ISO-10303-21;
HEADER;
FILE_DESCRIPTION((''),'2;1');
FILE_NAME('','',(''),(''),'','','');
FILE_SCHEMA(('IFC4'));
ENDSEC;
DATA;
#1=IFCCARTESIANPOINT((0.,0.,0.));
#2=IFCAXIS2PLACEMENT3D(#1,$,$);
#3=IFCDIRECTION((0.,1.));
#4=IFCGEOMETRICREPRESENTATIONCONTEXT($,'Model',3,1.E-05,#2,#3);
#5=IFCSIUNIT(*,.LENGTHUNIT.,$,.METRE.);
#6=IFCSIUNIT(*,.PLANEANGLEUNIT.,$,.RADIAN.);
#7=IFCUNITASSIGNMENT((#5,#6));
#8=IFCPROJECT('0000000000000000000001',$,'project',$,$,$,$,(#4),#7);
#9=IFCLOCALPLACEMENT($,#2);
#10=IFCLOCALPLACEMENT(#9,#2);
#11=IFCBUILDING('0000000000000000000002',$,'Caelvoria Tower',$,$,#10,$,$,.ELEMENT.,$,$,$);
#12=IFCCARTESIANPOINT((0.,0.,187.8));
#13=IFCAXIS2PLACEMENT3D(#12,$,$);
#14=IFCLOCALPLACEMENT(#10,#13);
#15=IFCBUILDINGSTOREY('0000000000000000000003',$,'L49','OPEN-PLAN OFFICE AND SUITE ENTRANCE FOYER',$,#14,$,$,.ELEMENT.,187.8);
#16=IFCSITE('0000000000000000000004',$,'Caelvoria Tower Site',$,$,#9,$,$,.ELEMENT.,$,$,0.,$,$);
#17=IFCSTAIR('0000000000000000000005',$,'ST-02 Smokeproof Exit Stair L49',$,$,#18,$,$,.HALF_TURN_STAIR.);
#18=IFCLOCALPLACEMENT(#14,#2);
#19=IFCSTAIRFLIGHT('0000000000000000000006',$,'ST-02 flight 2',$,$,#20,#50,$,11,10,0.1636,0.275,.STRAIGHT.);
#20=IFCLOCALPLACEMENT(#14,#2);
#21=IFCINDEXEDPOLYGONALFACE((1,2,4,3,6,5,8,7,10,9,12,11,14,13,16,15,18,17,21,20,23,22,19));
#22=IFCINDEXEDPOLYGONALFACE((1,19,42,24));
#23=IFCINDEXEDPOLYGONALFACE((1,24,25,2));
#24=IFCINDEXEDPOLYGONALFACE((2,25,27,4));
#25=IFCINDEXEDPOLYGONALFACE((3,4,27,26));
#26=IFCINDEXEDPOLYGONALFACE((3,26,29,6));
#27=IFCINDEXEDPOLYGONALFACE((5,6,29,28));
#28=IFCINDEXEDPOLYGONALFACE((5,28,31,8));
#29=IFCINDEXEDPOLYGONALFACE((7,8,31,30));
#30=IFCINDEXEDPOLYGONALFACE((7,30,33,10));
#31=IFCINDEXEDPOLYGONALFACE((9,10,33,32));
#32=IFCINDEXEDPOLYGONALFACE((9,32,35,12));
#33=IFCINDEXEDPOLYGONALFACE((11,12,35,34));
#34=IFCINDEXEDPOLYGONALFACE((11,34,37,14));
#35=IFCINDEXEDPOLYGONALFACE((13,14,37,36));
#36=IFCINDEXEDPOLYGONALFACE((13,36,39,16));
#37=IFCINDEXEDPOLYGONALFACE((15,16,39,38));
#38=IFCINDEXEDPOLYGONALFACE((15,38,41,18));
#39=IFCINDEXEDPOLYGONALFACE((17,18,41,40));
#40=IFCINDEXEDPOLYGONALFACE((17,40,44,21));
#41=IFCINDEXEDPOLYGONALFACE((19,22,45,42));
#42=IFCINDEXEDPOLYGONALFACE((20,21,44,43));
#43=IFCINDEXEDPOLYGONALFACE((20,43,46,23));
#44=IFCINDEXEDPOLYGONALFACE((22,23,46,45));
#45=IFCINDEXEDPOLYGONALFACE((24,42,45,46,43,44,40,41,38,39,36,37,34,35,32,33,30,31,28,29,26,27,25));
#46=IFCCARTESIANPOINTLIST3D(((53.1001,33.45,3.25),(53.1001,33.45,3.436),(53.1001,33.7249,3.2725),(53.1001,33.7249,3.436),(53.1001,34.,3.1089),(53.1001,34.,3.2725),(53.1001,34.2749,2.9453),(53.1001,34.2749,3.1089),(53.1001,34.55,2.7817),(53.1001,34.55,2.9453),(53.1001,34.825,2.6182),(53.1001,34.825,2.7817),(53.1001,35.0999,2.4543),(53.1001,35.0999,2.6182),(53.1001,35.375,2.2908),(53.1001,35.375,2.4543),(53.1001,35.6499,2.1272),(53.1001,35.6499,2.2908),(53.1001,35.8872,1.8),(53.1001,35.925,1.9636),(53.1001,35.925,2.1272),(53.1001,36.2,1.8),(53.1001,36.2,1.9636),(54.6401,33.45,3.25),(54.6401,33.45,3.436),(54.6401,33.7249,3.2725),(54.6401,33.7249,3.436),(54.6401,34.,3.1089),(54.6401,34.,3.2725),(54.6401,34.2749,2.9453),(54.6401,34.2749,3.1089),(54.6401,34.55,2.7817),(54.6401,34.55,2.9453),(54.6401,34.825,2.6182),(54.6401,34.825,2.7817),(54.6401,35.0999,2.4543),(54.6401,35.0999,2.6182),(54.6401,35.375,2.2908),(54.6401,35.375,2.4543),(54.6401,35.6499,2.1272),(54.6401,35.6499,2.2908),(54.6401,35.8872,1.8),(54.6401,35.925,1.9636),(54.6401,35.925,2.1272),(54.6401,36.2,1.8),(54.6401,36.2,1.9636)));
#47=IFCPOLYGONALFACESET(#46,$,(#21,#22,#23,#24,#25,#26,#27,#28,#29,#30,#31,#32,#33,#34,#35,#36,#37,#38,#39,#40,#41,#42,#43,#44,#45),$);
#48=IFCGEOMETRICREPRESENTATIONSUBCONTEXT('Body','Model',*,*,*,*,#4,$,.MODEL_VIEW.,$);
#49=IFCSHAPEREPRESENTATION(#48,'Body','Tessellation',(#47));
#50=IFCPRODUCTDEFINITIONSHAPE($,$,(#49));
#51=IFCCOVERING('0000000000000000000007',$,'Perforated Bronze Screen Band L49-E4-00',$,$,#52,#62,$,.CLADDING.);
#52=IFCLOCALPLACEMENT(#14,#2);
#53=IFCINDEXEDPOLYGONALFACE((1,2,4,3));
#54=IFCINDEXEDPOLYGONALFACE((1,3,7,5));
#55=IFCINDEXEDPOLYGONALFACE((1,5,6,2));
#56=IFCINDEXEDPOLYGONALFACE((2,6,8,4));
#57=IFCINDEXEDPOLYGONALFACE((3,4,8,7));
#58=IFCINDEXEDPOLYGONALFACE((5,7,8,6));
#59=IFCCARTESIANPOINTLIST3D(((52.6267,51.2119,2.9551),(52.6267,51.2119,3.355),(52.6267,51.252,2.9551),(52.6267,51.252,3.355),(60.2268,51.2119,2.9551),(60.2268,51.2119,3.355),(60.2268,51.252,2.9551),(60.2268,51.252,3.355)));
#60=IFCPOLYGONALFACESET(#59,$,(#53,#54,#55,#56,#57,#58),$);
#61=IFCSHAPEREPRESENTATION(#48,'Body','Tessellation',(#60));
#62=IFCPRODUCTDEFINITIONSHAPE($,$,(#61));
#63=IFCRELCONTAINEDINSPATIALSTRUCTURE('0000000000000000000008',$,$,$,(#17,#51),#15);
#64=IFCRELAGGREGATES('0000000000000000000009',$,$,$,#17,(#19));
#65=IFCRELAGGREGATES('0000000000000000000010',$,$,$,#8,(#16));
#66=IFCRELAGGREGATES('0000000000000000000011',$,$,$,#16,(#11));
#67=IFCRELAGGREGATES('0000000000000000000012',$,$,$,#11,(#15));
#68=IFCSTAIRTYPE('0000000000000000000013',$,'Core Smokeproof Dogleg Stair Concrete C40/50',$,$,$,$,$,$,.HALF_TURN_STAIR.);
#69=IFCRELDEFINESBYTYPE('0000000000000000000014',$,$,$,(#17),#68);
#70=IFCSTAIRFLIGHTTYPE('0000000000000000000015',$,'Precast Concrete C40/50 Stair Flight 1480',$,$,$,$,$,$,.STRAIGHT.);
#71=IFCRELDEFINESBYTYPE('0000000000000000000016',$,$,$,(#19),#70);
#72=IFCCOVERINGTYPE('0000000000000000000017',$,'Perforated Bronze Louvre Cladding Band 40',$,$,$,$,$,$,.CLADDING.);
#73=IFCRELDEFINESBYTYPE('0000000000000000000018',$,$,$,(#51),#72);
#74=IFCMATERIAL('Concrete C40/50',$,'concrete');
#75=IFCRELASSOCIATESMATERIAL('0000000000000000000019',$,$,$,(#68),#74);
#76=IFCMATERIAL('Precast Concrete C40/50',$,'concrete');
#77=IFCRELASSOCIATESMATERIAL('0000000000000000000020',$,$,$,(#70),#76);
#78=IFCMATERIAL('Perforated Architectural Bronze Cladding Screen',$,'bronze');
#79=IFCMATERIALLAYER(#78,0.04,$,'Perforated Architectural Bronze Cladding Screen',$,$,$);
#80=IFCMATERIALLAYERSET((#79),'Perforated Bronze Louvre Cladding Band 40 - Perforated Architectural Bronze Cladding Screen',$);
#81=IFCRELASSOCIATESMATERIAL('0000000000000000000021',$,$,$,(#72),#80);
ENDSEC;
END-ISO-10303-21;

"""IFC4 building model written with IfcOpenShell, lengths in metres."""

from ifc_helpers import new_model, si_unit, direction, frame, origin, origin_2d, place, context, subcontext, project, spatial, polyline, rectangle, outline, extrude, material, layer, layer_set, type_object, element, aggregate, save


model = new_model("IFC4")

# Units and contexts
model_context = context("Model", 3, precision=1e-05, world=origin(), true_north=direction((0.0, 1.0)))
body_context = subcontext(model_context, "Body", "Model", "MODEL_VIEW")
ifc_project = project(units=[si_unit("LENGTHUNIT", "METRE"), si_unit("PLANEANGLEUNIT", "RADIAN")], contexts=[model_context])

# Site, building, storey
site_placement = place(None, origin())
site = spatial("IfcSite", under=ifc_project, at=site_placement, Name="Caelvoria Tower Site", CompositionType="ELEMENT", RefElevation=0.0)
building_placement = place(site_placement, origin())
building = spatial("IfcBuilding", under=site, at=building_placement, Name="Caelvoria Tower", CompositionType="ELEMENT")
storey_placement = place(building_placement, frame((0.0, 0.0, 187.8)))
storey = spatial("IfcBuildingStorey", under=building, at=storey_placement, Name="L49", Description="OPEN-PLAN OFFICE AND SUITE ENTRANCE FOYER", CompositionType="ELEMENT", Elevation=187.8)

# Stair, stair flight
ifc_material_1 = material(Name="Concrete C40/50", Category="concrete")
stair_type = type_object("IfcStairType", Name="Core Smokeproof Dogleg Stair Concrete C40/50", PredefinedType="HALF_TURN_STAIR", material=ifc_material_1)
stair_placement = place(storey_placement, origin())
stair = element("IfcStair", 1, at=stair_placement, inside=storey, type_object=stair_type, Name="ST-02 Smokeproof Exit Stair L49", PredefinedType="HALF_TURN_STAIR")
ifc_material_2 = material(Name="Precast Concrete C40/50", Category="concrete")
stair_flight_type = type_object("IfcStairFlightType", Name="Precast Concrete C40/50 Stair Flight 1480", PredefinedType="STRAIGHT", material=ifc_material_2)
stair_flight_1_placement = place(storey_placement, frame((53.8701, 36.2, 1.8), z_axis=(0.0, 0.0, 1.0), x_axis=(0.0, -1.0, 0.0)))
stair_flight_1 = element("IfcStairFlight", 2, at=stair_flight_1_placement, type_object=stair_flight_type, Name="ST-02 flight 2", NumberOfRisers=11, NumberOfTreads=10, PredefinedType="STRAIGHT", RiserHeight=0.1636, TreadLength=0.275, context=body_context, shape_type="SweptSolid", body=[
    extrude(outline(polyline([(0.0, 0.0), (0.0, 0.1636), (0.2749, 0.1636), (0.2749, 0.3271), (0.55, 0.3271), (0.55, 0.4907), (0.825, 0.4907), (0.825, 0.6543), (1.1001, 0.6543), (1.1001, 0.8181), (1.375, 0.8181), (1.375, 0.9817), (1.6499, 0.9817), (1.6499, 1.1453), (1.925, 1.1453), (1.925, 1.3088), (2.2, 1.3088), (2.2, 1.4724), (2.4751, 1.4724), (2.4751, 1.636), (2.75, 1.636), (2.75, 1.7996), (2.75, 1.45), (0.3127, 0.0), (0.0, 0.0)])), frame((0.0, 0.77, 0.0), z_axis=(0.0, -1.0, 0.0), x_axis=(1.0, 0.0, 0.0)), (0.0, 0.0, 1.0), 1.54),
])
aggregate(stair, [stair_flight_1])

# Covering
ifc_material_3 = material(Name="Perforated Architectural Bronze Cladding Screen", Category="bronze")
ifc_layer_1 = layer(ifc_material_3, 0.04, Name="Perforated Architectural Bronze Cladding Screen")
ifc_layer_set_1 = layer_set([ifc_layer_1], Name="Perforated Bronze Louvre Cladding Band 40 - Perforated Architectural Bronze Cladding Screen")
covering_type = type_object("IfcCoveringType", Name="Perforated Bronze Louvre Cladding Band 40", PredefinedType="CLADDING", material=ifc_layer_set_1)
covering_placement = place(storey_placement, frame((56.4268, 51.2319, 2.9551), z_axis=(0.0, 0.0, 1.0), x_axis=(-1.0, 0.0, 0.0)))
element("IfcCovering", 3, at=covering_placement, inside=storey, type_object=covering_type, Name="Perforated Bronze Screen Band L49-E4-00", PredefinedType="CLADDING", context=body_context, shape_type="SweptSolid", body=[
    extrude(rectangle(XDim=7.6001, YDim=0.04, at=origin_2d()), origin(), (0.0, 0.0, 1.0), 0.3999),
])

save(model, "model.ifc")
